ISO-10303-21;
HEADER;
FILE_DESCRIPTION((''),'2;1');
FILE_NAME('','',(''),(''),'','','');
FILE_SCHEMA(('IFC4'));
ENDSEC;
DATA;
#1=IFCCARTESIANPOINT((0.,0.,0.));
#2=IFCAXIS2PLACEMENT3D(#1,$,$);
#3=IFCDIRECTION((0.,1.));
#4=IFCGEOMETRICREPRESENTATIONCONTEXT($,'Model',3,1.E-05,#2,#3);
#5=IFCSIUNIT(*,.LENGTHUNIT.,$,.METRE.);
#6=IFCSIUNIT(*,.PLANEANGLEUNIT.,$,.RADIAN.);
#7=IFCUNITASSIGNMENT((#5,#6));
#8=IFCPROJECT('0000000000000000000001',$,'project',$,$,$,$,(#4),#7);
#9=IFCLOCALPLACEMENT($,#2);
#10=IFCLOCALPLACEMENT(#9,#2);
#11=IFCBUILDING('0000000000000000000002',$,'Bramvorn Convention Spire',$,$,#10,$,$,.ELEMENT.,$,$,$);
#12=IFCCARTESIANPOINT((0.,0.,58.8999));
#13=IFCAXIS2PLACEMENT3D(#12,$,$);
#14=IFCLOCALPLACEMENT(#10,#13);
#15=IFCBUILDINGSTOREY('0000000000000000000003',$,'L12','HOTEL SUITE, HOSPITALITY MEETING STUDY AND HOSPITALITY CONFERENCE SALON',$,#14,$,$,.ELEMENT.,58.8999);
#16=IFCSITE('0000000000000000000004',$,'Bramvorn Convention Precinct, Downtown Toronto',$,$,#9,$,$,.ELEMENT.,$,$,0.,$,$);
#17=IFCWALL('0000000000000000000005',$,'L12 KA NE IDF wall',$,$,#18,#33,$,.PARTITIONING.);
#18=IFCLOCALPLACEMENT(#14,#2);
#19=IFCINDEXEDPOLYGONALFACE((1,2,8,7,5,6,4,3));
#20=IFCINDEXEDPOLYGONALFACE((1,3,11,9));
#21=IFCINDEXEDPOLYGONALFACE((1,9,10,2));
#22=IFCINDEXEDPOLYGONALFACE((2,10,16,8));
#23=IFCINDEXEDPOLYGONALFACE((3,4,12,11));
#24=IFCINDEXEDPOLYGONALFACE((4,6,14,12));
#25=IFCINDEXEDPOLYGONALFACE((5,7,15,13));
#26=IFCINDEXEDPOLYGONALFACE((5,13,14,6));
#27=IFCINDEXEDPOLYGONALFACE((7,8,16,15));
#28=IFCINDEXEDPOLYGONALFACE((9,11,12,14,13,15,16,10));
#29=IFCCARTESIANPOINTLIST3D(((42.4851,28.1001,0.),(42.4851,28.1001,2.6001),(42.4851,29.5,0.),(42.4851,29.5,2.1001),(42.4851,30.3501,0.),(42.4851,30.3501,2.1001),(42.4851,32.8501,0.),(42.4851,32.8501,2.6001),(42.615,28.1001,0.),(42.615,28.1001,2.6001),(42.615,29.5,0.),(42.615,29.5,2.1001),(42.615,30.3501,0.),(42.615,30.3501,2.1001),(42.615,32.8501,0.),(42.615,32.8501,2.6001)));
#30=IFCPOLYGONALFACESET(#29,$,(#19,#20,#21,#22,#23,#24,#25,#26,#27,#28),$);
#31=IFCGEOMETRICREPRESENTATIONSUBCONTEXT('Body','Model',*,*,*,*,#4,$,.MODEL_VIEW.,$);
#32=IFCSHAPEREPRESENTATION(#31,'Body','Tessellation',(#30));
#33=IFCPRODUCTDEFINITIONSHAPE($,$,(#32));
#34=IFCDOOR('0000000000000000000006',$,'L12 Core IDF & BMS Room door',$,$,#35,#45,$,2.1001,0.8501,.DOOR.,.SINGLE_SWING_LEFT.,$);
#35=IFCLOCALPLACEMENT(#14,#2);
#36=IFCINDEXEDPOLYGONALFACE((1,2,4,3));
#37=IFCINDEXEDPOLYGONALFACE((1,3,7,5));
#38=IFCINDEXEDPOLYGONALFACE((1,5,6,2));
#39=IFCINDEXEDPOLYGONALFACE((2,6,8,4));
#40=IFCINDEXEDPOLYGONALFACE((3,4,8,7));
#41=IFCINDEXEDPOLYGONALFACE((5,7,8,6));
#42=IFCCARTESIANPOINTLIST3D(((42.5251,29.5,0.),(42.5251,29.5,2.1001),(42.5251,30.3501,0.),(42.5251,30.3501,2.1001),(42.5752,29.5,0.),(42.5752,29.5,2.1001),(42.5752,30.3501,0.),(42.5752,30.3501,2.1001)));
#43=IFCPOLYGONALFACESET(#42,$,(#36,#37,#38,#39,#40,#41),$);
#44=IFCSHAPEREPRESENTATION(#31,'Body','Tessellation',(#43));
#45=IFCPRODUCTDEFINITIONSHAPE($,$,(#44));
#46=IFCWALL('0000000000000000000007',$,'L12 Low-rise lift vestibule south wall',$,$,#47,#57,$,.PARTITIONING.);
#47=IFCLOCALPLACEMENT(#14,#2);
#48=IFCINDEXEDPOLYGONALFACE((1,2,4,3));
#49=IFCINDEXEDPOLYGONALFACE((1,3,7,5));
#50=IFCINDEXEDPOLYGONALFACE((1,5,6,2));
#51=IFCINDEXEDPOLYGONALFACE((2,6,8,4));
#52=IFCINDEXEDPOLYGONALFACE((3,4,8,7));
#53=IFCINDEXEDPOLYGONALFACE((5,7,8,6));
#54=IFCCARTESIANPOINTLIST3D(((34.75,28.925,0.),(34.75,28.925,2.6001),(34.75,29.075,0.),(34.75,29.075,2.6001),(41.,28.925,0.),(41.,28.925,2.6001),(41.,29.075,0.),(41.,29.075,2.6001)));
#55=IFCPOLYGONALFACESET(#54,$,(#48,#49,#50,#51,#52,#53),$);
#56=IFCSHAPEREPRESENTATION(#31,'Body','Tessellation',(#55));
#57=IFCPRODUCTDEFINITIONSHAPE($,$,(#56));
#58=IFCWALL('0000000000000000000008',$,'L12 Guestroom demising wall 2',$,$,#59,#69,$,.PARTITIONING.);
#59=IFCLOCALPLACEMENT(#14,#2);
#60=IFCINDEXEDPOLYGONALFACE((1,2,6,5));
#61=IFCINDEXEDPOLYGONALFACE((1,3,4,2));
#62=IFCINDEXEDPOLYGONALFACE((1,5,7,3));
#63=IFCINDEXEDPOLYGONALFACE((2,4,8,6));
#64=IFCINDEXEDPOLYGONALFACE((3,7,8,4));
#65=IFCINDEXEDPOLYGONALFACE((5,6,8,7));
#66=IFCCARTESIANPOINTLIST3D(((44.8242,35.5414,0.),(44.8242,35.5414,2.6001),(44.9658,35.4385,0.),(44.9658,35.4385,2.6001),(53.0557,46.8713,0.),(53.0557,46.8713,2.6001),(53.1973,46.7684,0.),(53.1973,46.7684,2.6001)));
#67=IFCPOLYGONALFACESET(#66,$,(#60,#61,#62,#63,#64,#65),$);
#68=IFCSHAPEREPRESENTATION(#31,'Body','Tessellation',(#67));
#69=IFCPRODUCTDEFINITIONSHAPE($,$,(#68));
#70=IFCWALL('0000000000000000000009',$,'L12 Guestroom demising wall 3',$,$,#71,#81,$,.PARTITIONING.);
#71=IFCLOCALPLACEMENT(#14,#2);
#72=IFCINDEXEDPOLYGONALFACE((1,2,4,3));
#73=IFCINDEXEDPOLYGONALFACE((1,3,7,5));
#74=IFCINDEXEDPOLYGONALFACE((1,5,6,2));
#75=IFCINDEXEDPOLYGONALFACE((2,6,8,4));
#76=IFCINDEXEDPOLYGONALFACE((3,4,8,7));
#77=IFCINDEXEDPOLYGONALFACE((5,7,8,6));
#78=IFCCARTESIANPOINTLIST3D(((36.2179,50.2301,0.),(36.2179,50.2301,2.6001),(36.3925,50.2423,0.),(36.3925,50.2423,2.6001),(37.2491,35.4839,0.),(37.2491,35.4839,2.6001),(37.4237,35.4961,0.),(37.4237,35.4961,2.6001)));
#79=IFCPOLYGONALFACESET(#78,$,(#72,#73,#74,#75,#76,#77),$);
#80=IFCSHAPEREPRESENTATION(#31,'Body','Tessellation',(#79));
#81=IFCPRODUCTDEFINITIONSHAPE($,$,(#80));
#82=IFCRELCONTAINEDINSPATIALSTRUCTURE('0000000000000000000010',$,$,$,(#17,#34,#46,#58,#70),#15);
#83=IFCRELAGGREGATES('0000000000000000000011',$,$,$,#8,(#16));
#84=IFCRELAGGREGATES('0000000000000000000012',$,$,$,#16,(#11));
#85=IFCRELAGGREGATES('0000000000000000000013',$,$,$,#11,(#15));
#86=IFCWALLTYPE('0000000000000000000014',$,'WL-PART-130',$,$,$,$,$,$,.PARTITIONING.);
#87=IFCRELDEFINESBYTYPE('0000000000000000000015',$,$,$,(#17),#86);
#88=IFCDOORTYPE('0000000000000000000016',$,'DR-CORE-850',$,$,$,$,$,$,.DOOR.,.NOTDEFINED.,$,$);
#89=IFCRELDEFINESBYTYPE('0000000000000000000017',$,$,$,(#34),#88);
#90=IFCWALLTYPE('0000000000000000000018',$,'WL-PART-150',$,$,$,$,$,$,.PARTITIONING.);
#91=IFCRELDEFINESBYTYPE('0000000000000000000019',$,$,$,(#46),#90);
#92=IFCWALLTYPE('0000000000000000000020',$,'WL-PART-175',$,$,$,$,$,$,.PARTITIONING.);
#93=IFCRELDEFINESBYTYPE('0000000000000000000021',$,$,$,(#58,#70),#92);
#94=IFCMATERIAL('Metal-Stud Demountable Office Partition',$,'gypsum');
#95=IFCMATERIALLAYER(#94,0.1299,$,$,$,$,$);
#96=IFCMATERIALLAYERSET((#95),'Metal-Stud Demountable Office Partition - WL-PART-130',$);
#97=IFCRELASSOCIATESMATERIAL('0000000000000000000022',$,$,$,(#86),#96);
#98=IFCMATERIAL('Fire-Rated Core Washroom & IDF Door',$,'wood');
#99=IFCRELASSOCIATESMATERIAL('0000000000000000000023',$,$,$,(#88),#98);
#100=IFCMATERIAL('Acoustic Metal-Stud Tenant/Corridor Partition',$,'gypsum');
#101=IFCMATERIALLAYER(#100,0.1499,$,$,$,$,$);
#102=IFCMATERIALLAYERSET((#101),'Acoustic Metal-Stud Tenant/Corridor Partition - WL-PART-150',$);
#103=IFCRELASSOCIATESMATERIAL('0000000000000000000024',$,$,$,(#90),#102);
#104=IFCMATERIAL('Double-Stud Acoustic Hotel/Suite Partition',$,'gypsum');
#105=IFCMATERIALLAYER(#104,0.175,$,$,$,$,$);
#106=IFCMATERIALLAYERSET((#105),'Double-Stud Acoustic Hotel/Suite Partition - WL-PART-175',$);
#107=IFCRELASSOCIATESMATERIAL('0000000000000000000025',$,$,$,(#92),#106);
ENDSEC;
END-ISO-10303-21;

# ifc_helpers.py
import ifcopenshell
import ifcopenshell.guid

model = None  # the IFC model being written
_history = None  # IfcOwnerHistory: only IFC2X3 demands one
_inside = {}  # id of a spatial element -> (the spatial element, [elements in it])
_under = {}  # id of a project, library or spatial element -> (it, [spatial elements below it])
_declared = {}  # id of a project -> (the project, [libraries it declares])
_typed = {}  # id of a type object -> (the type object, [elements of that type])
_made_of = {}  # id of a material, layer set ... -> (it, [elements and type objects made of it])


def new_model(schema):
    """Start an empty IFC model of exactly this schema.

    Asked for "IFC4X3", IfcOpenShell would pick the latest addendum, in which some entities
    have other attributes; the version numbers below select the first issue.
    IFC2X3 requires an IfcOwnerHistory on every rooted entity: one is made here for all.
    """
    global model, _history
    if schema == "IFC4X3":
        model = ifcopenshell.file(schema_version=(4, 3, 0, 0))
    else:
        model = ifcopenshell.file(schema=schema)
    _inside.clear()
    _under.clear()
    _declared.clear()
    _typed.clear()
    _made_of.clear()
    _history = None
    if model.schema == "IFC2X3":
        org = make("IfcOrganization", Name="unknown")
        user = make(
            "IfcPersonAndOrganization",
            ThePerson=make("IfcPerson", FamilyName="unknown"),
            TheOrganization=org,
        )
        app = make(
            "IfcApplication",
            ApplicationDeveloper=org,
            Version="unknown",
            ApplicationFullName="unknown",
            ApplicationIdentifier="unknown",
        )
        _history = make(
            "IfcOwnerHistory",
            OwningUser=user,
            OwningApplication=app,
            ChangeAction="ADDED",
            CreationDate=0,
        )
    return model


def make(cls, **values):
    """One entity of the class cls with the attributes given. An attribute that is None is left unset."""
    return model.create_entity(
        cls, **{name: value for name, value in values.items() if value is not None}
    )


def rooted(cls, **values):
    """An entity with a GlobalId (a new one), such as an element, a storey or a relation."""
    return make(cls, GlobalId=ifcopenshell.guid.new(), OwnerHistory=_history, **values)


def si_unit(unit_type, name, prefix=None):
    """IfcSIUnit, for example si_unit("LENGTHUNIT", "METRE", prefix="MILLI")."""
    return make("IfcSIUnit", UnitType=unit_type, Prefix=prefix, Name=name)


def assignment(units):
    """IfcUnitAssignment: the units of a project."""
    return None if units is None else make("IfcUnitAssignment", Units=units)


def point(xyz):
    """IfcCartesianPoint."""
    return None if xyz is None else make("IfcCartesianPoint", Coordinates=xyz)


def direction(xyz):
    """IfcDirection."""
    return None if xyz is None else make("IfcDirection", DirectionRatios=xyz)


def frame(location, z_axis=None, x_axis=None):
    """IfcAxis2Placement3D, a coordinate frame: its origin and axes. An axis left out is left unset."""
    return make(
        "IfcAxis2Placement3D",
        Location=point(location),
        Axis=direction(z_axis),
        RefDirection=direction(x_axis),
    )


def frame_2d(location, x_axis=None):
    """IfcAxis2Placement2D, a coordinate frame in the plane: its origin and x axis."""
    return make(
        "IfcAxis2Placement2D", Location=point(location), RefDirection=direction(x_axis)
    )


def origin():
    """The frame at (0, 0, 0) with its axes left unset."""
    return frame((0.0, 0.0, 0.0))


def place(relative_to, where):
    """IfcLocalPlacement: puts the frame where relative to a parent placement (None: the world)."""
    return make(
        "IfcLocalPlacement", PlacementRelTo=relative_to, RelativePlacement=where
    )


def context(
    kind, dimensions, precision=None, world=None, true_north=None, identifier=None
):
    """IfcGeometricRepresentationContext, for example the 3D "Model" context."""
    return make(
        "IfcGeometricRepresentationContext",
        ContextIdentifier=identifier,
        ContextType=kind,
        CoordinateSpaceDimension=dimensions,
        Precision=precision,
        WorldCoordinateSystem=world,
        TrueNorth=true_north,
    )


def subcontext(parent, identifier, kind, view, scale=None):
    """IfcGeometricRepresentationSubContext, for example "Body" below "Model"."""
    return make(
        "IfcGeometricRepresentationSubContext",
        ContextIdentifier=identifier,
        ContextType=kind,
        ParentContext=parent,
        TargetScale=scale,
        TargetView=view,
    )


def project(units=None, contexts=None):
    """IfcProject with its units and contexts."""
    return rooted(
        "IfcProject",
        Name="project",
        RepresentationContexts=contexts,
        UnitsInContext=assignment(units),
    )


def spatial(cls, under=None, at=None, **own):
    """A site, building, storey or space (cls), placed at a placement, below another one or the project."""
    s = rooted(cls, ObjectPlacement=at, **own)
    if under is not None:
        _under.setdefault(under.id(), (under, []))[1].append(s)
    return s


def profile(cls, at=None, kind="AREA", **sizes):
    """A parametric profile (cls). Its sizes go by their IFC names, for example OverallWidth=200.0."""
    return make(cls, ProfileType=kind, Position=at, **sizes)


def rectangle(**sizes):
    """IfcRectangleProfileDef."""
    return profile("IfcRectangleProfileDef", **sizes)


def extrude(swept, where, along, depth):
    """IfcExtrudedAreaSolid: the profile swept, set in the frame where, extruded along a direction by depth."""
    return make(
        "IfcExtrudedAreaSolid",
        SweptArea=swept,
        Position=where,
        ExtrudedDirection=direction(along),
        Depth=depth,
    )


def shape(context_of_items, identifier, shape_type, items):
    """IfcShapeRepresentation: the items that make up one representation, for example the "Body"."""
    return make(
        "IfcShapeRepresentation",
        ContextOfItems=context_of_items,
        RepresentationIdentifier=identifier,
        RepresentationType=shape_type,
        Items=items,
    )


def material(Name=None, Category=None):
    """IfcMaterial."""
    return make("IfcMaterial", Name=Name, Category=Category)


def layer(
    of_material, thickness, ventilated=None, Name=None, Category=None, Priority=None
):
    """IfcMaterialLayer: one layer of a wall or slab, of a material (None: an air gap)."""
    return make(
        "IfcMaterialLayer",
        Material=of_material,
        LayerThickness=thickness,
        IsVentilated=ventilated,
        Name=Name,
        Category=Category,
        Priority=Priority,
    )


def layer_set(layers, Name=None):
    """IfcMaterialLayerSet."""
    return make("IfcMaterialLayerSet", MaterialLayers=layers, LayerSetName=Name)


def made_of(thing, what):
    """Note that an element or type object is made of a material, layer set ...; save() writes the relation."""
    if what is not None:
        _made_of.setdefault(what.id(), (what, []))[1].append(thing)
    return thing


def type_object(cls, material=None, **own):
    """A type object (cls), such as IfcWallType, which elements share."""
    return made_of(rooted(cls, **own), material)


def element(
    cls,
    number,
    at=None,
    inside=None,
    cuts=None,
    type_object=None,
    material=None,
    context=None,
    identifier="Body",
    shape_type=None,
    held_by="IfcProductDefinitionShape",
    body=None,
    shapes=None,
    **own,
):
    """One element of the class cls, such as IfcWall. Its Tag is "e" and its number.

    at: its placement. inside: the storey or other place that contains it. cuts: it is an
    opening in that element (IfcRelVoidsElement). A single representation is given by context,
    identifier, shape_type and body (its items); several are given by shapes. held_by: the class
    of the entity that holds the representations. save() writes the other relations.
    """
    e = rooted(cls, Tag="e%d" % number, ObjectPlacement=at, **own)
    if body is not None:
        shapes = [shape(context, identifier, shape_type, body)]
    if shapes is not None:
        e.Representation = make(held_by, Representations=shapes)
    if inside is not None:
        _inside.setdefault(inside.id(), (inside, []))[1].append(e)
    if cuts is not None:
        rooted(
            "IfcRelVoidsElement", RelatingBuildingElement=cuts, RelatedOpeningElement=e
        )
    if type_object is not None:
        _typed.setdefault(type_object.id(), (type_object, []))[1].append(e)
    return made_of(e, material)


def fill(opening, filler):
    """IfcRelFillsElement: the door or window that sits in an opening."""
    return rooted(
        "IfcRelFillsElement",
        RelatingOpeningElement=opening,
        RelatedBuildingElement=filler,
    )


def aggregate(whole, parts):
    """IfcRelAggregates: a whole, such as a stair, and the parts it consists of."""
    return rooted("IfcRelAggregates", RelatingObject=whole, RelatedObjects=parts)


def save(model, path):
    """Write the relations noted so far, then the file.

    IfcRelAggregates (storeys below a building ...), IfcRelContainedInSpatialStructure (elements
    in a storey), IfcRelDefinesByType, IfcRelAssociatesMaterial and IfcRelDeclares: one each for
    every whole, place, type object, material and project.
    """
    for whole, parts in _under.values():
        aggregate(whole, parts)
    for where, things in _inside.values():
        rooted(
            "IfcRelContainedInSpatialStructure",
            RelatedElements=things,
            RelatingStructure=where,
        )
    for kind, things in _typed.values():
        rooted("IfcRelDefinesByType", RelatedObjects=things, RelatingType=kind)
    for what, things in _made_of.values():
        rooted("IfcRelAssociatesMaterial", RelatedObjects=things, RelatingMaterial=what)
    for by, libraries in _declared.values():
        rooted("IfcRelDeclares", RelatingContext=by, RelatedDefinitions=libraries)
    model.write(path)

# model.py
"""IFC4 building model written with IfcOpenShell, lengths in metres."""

from ifc_helpers import new_model, si_unit, direction, frame, frame_2d, origin, place, context, subcontext, project, spatial, rectangle, extrude, material, layer, layer_set, type_object, element, fill, save


model = new_model("IFC4")

# Units and contexts
model_context = context("Model", 3, precision=1e-05, world=origin(), true_north=direction((0.0, 1.0)))
body_context = subcontext(model_context, "Body", "Model", "MODEL_VIEW")
ifc_project = project(units=[si_unit("LENGTHUNIT", "METRE"), si_unit("PLANEANGLEUNIT", "RADIAN")], contexts=[model_context])

# Site, building, storey
site_placement = place(None, origin())
site = spatial("IfcSite", under=ifc_project, at=site_placement, Name="Bramvorn Convention Precinct, Downtown Toronto", CompositionType="ELEMENT", RefElevation=0.0)
building_placement = place(site_placement, origin())
building = spatial("IfcBuilding", under=site, at=building_placement, Name="Bramvorn Convention Spire", CompositionType="ELEMENT")
storey_placement = place(building_placement, frame((0.0, 0.0, 58.8999)))
storey = spatial("IfcBuildingStorey", under=building, at=storey_placement, Name="L12", Description="HOTEL SUITE, HOSPITALITY MEETING STUDY AND HOSPITALITY CONFERENCE SALON", CompositionType="ELEMENT", Elevation=58.8999)

# Wall, opening, door
ifc_material_1 = material(Name="Metal-Stud Demountable Office Partition", Category="gypsum")
ifc_layer_1 = layer(ifc_material_1, 0.1299)
ifc_layer_set_1 = layer_set([ifc_layer_1], Name="Metal-Stud Demountable Office Partition - WL-PART-130")
wall_type_1 = type_object("IfcWallType", Name="WL-PART-130", PredefinedType="PARTITIONING", material=ifc_layer_set_1)
wall_1_placement = place(storey_placement, frame((42.55, 28.1001, 0.0), z_axis=(0.0, 0.0, 1.0), x_axis=(0.0, 1.0, 0.0)))
wall_1 = element("IfcWall", 1, at=wall_1_placement, inside=storey, type_object=wall_type_1, Name="L12 KA NE IDF wall", PredefinedType="PARTITIONING", context=body_context, shape_type="SweptSolid", body=[
    extrude(rectangle(XDim=4.75, YDim=0.1299, at=frame_2d((2.375, 0.0))), origin(), (0.0, 0.0, 1.0), 2.6001),
])
opening_1_placement = place(wall_1_placement, frame((1.3999, 0.0, 0.0)))
opening_1 = element("IfcOpeningElement", 2, at=opening_1_placement, cuts=wall_1, PredefinedType="OPENING", context=body_context, shape_type="SweptSolid", body=[
    extrude(rectangle(XDim=0.8501, YDim=2.1001, at=frame_2d((0.425, 1.05))), frame((0.0, 0.075, 0.0), z_axis=(0.0, -1.0, 0.0), x_axis=(1.0, 0.0, 0.0)), (0.0, 0.0, 1.0), 0.1499),
])
ifc_material_2 = material(Name="Fire-Rated Core Washroom & IDF Door", Category="wood")
door_type_1 = type_object("IfcDoorType", Name="DR-CORE-850", OperationType="NOTDEFINED", PredefinedType="DOOR", material=ifc_material_2)
door_1_placement = place(opening_1_placement, origin())
door_1 = element("IfcDoor", 3, at=door_1_placement, inside=storey, type_object=door_type_1, Name="L12 Core IDF & BMS Room door", OperationType="SINGLE_SWING_LEFT", OverallHeight=2.1001, OverallWidth=0.8501, PredefinedType="DOOR", context=body_context, shape_type="SweptSolid", body=[
    extrude(rectangle(XDim=0.8501, YDim=2.1001, at=frame_2d((0.425, 1.05))), frame((0.0, 0.0249, 0.0), z_axis=(0.0, -1.0, 0.0), x_axis=(1.0, 0.0, 0.0)), (0.0, 0.0, 1.0), 0.05),
])
fill(opening_1, door_1)

# Walls
ifc_material_3 = material(Name="Acoustic Metal-Stud Tenant/Corridor Partition", Category="gypsum")
ifc_layer_2 = layer(ifc_material_3, 0.1499)
ifc_layer_set_2 = layer_set([ifc_layer_2], Name="Acoustic Metal-Stud Tenant/Corridor Partition - WL-PART-150")
wall_type_2 = type_object("IfcWallType", Name="WL-PART-150", PredefinedType="PARTITIONING", material=ifc_layer_set_2)
wall_2_placement = place(storey_placement, frame((34.75, 29.0, 0.0), z_axis=(0.0, 0.0, 1.0), x_axis=(1.0, 0.0, 0.0)))
element("IfcWall", 4, at=wall_2_placement, inside=storey, type_object=wall_type_2, Name="L12 Low-rise lift vestibule south wall", PredefinedType="PARTITIONING", context=body_context, shape_type="SweptSolid", body=[
    extrude(rectangle(XDim=6.25, YDim=0.1499, at=frame_2d((3.125, 0.0))), origin(), (0.0, 0.0, 1.0), 2.6001),
])
ifc_material_4 = material(Name="Double-Stud Acoustic Hotel/Suite Partition", Category="gypsum")
ifc_layer_3 = layer(ifc_material_4, 0.175)
ifc_layer_set_3 = layer_set([ifc_layer_3], Name="Double-Stud Acoustic Hotel/Suite Partition - WL-PART-175")
wall_type_3 = type_object("IfcWallType", Name="WL-PART-175", PredefinedType="PARTITIONING", material=ifc_layer_set_3)
wall_3_placement = place(storey_placement, frame((44.895, 35.49, 0.0), z_axis=(0.0, 0.0, 1.0), x_axis=(0.587778, 0.809022, 0.0)))
element("IfcWall", 5, at=wall_3_placement, inside=storey, type_object=wall_type_3, Name="L12 Guestroom demising wall 2", PredefinedType="PARTITIONING", context=body_context, shape_type="SweptSolid", body=[
    extrude(rectangle(XDim=14.0044, YDim=0.175, at=frame_2d((7.0022, 0.0))), origin(), (0.0, 0.0, 1.0), 2.6001),
])
wall_4_placement = place(storey_placement, frame((37.3364, 35.49, 0.0), z_axis=(0.0, 0.0, 1.0), x_axis=(-0.069763, 0.997564, 0.0)))
element("IfcWall", 6, at=wall_4_placement, inside=storey, type_object=wall_type_3, Name="L12 Guestroom demising wall 3", PredefinedType="PARTITIONING", context=body_context, shape_type="SweptSolid", body=[
    extrude(rectangle(XDim=14.7822, YDim=0.175, at=frame_2d((7.3911, 0.0))), origin(), (0.0, 0.0, 1.0), 2.6001),
])

save(model, "model.ifc")
